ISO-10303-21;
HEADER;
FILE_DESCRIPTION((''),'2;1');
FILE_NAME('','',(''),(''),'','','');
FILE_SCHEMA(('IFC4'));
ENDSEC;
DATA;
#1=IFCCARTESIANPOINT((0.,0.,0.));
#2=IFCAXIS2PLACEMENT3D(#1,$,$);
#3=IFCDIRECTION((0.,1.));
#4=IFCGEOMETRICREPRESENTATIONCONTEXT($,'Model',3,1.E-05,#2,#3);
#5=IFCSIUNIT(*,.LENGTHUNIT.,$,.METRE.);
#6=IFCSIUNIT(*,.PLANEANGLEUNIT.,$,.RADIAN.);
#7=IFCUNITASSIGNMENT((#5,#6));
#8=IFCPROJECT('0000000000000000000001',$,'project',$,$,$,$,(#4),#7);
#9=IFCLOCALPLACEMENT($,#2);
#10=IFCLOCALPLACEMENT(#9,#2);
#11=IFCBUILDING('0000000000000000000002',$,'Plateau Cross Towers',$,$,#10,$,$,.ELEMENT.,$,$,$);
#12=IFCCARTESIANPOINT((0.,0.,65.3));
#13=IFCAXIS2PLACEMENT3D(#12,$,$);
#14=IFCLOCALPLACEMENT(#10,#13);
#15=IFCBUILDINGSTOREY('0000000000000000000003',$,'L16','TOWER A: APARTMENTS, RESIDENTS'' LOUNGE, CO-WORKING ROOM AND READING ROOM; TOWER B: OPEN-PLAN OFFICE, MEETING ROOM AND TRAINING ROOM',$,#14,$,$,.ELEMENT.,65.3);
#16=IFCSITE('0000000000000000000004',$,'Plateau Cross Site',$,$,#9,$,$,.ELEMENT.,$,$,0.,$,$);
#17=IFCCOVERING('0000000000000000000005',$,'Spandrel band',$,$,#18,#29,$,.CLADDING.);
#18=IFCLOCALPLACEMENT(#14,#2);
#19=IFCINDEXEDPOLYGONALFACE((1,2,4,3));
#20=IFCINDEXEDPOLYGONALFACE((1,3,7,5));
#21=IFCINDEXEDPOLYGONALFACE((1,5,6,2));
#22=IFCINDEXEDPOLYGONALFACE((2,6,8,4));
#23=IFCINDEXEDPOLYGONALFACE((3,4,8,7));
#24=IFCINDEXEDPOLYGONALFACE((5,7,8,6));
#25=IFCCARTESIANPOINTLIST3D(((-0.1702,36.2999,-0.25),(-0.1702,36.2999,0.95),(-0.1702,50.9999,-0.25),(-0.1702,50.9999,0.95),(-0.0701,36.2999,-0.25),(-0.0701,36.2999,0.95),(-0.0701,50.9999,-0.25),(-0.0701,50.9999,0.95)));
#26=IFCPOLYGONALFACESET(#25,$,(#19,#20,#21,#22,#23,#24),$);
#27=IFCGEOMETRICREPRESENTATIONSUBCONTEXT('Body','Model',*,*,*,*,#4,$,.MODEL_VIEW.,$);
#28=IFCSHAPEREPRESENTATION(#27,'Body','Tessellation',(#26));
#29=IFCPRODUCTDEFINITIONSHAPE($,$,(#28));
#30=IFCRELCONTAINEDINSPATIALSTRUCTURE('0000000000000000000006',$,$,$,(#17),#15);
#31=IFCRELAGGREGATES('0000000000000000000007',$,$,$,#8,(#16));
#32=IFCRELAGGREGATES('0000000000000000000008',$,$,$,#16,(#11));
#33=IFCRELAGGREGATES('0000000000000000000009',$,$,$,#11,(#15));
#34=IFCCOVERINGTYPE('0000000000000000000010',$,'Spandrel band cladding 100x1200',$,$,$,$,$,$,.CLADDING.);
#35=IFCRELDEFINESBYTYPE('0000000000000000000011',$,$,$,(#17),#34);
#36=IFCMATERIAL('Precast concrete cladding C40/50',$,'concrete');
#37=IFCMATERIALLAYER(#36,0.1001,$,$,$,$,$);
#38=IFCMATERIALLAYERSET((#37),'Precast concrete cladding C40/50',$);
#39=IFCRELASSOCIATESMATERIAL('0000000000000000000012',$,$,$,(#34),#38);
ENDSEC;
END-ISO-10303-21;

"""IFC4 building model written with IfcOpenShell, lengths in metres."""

from ifc_helpers import new_model, si_unit, direction, frame, origin, origin_2d, place, context, subcontext, project, spatial, rectangle, extrude, material, layer, layer_set, type_object, element, save


model = new_model("IFC4")

# Units and contexts
model_context = context("Model", 3, precision=1e-05, world=origin(), true_north=direction((0.0, 1.0)))
body_context = subcontext(model_context, "Body", "Model", "MODEL_VIEW")
ifc_project = project(units=[si_unit("LENGTHUNIT", "METRE"), si_unit("PLANEANGLEUNIT", "RADIAN")], contexts=[model_context])

# Site, building, storey
site_placement = place(None, origin())
site = spatial("IfcSite", under=ifc_project, at=site_placement, Name="Plateau Cross Site", CompositionType="ELEMENT", RefElevation=0.0)
building_placement = place(site_placement, origin())
building = spatial("IfcBuilding", under=site, at=building_placement, Name="Plateau Cross Towers", CompositionType="ELEMENT")
storey_placement = place(building_placement, frame((0.0, 0.0, 65.3)))
storey = spatial("IfcBuildingStorey", under=building, at=storey_placement, Name="L16", Description="TOWER A: APARTMENTS, RESIDENTS' LOUNGE, CO-WORKING ROOM AND READING ROOM; TOWER B: OPEN-PLAN OFFICE, MEETING ROOM AND TRAINING ROOM", CompositionType="ELEMENT", Elevation=65.3)

# Covering
ifc_material_1 = material(Name="Precast concrete cladding C40/50", Category="concrete")
ifc_layer_1 = layer(ifc_material_1, 0.1001)
ifc_layer_set_1 = layer_set([ifc_layer_1], Name="Precast concrete cladding C40/50")
covering_type = type_object("IfcCoveringType", Name="Spandrel band cladding 100x1200", PredefinedType="CLADDING", material=ifc_layer_set_1)
covering_placement = place(storey_placement, frame((-0.1201, 43.6499, -0.25), z_axis=(0.0, 0.0, 1.0), x_axis=(0.0, -1.0, 0.0)))
element("IfcCovering", 1, at=covering_placement, inside=storey, type_object=covering_type, Name="Spandrel band", PredefinedType="CLADDING", context=body_context, shape_type="SweptSolid", body=[
    extrude(rectangle(XDim=14.7, YDim=0.1001, at=origin_2d()), origin(), (0.0, 0.0, 1.0), 1.2),
])

save(model, "model.ifc")
